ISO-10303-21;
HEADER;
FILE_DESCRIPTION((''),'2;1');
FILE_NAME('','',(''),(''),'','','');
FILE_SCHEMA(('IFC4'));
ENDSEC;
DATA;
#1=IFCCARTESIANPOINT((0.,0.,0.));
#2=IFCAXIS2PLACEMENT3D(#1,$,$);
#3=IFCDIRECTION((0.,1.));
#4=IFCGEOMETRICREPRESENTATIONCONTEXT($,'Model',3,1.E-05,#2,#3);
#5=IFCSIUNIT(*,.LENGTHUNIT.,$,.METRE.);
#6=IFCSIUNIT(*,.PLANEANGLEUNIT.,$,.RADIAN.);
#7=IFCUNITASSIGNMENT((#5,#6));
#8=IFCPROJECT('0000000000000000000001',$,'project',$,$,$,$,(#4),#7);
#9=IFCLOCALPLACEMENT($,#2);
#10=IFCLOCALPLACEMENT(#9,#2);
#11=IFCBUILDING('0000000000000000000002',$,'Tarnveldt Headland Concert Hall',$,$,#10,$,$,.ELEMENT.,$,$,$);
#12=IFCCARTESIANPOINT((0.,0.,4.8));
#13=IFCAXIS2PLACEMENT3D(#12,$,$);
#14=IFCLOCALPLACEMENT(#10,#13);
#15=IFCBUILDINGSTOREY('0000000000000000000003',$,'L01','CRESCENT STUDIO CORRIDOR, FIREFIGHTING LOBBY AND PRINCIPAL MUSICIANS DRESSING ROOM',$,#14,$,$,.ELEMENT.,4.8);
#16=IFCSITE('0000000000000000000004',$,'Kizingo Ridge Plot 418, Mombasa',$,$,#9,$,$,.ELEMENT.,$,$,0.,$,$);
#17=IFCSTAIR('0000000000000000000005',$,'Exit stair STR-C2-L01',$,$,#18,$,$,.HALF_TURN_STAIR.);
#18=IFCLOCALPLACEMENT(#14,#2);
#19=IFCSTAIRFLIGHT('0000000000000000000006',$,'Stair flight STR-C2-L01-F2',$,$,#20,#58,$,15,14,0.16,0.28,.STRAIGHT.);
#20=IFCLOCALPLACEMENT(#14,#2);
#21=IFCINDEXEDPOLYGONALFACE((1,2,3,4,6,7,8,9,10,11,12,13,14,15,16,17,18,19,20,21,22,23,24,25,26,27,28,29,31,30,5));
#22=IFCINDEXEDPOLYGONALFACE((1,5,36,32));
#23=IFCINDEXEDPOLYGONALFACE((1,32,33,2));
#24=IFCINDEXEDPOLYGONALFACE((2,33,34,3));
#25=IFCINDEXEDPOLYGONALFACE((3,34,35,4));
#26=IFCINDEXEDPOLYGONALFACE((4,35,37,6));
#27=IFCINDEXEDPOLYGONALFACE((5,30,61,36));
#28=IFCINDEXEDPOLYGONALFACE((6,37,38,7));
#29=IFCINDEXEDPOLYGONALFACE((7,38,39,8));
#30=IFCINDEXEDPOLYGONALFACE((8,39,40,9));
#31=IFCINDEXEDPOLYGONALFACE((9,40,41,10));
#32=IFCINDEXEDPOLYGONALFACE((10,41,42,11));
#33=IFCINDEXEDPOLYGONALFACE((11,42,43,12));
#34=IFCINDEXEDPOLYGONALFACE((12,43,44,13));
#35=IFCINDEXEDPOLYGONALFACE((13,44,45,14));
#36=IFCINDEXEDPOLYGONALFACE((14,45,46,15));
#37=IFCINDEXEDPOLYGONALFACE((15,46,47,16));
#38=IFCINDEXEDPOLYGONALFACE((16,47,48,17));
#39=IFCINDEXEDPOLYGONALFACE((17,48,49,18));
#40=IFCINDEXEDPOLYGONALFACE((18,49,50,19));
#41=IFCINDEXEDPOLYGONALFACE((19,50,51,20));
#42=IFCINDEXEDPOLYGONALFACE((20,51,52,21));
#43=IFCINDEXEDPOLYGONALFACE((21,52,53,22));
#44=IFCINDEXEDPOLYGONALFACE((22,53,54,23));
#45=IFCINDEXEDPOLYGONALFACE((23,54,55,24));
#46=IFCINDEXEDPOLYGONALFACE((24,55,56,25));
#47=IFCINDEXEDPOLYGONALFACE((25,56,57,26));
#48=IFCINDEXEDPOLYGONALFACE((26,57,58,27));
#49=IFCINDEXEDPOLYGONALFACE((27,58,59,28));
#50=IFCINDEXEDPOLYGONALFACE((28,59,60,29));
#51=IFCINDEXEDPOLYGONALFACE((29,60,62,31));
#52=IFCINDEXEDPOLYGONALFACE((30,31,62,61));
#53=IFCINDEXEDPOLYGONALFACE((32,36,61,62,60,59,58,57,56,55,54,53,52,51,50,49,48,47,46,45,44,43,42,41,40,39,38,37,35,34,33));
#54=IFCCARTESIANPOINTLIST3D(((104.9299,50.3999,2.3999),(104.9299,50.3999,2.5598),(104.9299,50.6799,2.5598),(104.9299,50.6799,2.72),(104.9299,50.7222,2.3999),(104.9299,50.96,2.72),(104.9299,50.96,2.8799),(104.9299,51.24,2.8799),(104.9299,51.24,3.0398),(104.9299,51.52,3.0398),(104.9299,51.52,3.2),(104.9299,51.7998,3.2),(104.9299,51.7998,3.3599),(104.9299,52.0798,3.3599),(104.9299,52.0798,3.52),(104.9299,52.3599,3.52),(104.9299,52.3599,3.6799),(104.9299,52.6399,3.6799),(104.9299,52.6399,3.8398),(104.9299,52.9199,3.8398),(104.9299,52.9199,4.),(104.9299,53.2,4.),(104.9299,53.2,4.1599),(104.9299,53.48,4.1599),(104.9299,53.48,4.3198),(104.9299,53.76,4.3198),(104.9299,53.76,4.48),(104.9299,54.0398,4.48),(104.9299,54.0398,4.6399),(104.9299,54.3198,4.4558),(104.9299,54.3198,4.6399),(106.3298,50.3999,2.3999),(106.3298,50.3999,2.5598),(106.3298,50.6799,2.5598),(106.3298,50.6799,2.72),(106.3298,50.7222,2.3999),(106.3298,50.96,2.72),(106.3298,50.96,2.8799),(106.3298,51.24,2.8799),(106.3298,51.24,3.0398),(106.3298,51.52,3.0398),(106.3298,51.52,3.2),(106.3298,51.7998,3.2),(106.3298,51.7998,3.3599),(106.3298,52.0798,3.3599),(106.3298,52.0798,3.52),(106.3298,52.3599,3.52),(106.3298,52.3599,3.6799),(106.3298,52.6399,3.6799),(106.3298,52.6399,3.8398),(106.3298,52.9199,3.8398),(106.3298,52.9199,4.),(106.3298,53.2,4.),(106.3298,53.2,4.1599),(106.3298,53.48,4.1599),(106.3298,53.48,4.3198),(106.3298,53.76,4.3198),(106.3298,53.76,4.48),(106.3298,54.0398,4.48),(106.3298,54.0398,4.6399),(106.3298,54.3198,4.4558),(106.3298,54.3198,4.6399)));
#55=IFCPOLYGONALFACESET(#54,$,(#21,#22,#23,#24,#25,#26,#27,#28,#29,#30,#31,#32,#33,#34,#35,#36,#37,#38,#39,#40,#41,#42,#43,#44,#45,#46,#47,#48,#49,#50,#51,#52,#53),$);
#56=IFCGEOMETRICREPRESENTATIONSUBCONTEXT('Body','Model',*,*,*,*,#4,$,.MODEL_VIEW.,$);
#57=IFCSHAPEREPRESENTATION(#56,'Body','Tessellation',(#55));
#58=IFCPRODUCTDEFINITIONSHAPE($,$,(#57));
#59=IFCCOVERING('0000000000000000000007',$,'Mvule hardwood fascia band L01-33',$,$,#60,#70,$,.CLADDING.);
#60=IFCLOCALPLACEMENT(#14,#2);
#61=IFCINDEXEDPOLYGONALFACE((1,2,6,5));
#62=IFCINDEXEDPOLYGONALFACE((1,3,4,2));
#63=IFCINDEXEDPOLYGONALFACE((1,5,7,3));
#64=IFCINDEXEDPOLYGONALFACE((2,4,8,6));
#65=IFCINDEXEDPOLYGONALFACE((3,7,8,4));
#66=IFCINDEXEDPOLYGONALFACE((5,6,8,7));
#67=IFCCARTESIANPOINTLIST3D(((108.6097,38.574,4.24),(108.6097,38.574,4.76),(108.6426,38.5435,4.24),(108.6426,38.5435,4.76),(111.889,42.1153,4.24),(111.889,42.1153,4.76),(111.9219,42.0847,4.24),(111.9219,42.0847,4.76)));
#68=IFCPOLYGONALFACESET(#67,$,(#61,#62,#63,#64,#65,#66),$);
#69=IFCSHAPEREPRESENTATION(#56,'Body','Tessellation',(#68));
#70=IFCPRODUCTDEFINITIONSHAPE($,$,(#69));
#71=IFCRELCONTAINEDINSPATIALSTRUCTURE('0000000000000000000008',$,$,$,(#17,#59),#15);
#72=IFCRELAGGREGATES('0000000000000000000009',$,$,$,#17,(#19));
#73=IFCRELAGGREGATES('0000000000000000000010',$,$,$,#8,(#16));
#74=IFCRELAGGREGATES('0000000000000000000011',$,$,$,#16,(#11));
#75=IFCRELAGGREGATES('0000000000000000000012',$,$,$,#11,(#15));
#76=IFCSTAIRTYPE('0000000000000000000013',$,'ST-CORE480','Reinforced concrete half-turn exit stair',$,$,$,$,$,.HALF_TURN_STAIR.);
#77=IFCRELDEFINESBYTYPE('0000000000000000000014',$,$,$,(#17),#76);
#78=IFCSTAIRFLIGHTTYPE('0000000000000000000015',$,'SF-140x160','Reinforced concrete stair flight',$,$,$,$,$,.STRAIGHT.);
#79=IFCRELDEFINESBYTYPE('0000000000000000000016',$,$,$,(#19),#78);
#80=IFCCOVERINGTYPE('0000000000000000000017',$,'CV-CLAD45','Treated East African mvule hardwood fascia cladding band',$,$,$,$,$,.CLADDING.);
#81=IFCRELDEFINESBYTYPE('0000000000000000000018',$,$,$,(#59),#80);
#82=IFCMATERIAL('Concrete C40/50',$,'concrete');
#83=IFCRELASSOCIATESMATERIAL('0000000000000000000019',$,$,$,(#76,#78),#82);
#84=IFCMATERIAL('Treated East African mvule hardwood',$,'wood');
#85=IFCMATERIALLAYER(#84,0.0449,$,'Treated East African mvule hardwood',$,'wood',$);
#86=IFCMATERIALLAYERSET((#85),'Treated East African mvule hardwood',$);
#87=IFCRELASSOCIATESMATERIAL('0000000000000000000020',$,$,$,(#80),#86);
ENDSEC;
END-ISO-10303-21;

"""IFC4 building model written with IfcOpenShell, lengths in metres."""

from ifc_helpers import new_model, si_unit, direction, frame, frame_2d, origin, place, context, subcontext, project, spatial, polyline, rectangle, outline, extrude, material, layer, layer_set, type_object, element, aggregate, save


model = new_model("IFC4")

# Units and contexts
model_context = context("Model", 3, precision=1e-05, world=origin(), true_north=direction((0.0, 1.0)))
body_context = subcontext(model_context, "Body", "Model", "MODEL_VIEW")
ifc_project = project(units=[si_unit("LENGTHUNIT", "METRE"), si_unit("PLANEANGLEUNIT", "RADIAN")], contexts=[model_context])

# Site, building, storey
site_placement = place(None, origin())
site = spatial("IfcSite", under=ifc_project, at=site_placement, Name="Kizingo Ridge Plot 418, Mombasa", CompositionType="ELEMENT", RefElevation=0.0)
building_placement = place(site_placement, origin())
building = spatial("IfcBuilding", under=site, at=building_placement, Name="Tarnveldt Headland Concert Hall", CompositionType="ELEMENT")
storey_placement = place(building_placement, frame((0.0, 0.0, 4.8)))
storey = spatial("IfcBuildingStorey", under=building, at=storey_placement, Name="L01", Description="CRESCENT STUDIO CORRIDOR, FIREFIGHTING LOBBY AND PRINCIPAL MUSICIANS DRESSING ROOM", CompositionType="ELEMENT", Elevation=4.8)

# Shared definitions
ifc_material_1 = material(Name="Concrete C40/50", Category="concrete")

# Shared definitions
ifc_material_2 = material(Name="Treated East African mvule hardwood", Category="wood")

# Stair, stair flight
stair_type = type_object("IfcStairType", Name="ST-CORE480", Description="Reinforced concrete half-turn exit stair", PredefinedType="HALF_TURN_STAIR", material=ifc_material_1)
stair_placement = place(storey_placement, origin())
stair = element("IfcStair", 1, at=stair_placement, inside=storey, type_object=stair_type, Name="Exit stair STR-C2-L01", PredefinedType="HALF_TURN_STAIR")
stair_flight_type = type_object("IfcStairFlightType", Name="SF-140x160", Description="Reinforced concrete stair flight", PredefinedType="STRAIGHT", material=ifc_material_1)
stair_flight_placement = place(storey_placement, frame((105.6299, 50.3999, 2.3999), z_axis=(0.0, 0.0, 1.0), x_axis=(0.0, 1.0, 0.0)))
stair_flight = element("IfcStairFlight", 2, at=stair_flight_placement, type_object=stair_flight_type, Name="Stair flight STR-C2-L01-F2", NumberOfRisers=15, NumberOfTreads=14, PredefinedType="STRAIGHT", RiserHeight=0.16, TreadLength=0.28, context=body_context, shape_type="SweptSolid", body=[
    extrude(outline(polyline([(0.0, 0.0), (0.0, 0.1599), (0.28, 0.1599), (0.28, 0.3201), (0.5601, 0.3201), (0.5601, 0.48), (0.8401, 0.48), (0.8401, 0.6399), (1.1201, 0.6399), (1.1201, 0.8), (1.3999, 0.8), (1.3999, 0.96), (1.6799, 0.96), (1.6799, 1.1201), (1.96, 1.1201), (1.96, 1.28), (2.24, 1.28), (2.24, 1.4399), (2.52, 1.4399), (2.52, 1.6001), (2.8, 1.6001), (2.8, 1.76), (3.0801, 1.76), (3.0801, 1.9199), (3.3601, 1.9199), (3.3601, 2.0801), (3.6399, 2.0801), (3.6399, 2.24), (3.9199, 2.24), (3.9199, 2.3999), (3.9199, 2.0559), (0.3223, 0.0), (0.0, 0.0)])), frame((0.0, 0.7, 0.0), z_axis=(0.0, -1.0, 0.0), x_axis=(1.0, 0.0, 0.0)), (0.0, 0.0, 1.0), 1.3999),
])
aggregate(stair, [stair_flight])

# Covering
ifc_layer_1 = layer(ifc_material_2, 0.0449, Name="Treated East African mvule hardwood", Category="wood")
ifc_layer_set_1 = layer_set([ifc_layer_1], Name="Treated East African mvule hardwood")
covering_type = type_object("IfcCoveringType", Name="CV-CLAD45", Description="Treated East African mvule hardwood fascia cladding band", PredefinedType="CLADDING", material=ifc_layer_set_1)
covering_placement = place(storey_placement, frame((108.6262, 38.5588, 4.24), z_axis=(0.0, 0.0, 1.0), x_axis=(0.679447, 0.733724, 0.0)))
element("IfcCovering", 3, at=covering_placement, inside=storey, type_object=covering_type, Name="Mvule hardwood fascia band L01-33", PredefinedType="CLADDING", context=body_context, shape_type="SweptSolid", body=[
    extrude(rectangle(XDim=4.8264, YDim=0.0449, at=frame_2d((2.4131, 0.0))), origin(), (0.0, 0.0, 1.0), 0.52),
])

save(model, "model.ifc")
